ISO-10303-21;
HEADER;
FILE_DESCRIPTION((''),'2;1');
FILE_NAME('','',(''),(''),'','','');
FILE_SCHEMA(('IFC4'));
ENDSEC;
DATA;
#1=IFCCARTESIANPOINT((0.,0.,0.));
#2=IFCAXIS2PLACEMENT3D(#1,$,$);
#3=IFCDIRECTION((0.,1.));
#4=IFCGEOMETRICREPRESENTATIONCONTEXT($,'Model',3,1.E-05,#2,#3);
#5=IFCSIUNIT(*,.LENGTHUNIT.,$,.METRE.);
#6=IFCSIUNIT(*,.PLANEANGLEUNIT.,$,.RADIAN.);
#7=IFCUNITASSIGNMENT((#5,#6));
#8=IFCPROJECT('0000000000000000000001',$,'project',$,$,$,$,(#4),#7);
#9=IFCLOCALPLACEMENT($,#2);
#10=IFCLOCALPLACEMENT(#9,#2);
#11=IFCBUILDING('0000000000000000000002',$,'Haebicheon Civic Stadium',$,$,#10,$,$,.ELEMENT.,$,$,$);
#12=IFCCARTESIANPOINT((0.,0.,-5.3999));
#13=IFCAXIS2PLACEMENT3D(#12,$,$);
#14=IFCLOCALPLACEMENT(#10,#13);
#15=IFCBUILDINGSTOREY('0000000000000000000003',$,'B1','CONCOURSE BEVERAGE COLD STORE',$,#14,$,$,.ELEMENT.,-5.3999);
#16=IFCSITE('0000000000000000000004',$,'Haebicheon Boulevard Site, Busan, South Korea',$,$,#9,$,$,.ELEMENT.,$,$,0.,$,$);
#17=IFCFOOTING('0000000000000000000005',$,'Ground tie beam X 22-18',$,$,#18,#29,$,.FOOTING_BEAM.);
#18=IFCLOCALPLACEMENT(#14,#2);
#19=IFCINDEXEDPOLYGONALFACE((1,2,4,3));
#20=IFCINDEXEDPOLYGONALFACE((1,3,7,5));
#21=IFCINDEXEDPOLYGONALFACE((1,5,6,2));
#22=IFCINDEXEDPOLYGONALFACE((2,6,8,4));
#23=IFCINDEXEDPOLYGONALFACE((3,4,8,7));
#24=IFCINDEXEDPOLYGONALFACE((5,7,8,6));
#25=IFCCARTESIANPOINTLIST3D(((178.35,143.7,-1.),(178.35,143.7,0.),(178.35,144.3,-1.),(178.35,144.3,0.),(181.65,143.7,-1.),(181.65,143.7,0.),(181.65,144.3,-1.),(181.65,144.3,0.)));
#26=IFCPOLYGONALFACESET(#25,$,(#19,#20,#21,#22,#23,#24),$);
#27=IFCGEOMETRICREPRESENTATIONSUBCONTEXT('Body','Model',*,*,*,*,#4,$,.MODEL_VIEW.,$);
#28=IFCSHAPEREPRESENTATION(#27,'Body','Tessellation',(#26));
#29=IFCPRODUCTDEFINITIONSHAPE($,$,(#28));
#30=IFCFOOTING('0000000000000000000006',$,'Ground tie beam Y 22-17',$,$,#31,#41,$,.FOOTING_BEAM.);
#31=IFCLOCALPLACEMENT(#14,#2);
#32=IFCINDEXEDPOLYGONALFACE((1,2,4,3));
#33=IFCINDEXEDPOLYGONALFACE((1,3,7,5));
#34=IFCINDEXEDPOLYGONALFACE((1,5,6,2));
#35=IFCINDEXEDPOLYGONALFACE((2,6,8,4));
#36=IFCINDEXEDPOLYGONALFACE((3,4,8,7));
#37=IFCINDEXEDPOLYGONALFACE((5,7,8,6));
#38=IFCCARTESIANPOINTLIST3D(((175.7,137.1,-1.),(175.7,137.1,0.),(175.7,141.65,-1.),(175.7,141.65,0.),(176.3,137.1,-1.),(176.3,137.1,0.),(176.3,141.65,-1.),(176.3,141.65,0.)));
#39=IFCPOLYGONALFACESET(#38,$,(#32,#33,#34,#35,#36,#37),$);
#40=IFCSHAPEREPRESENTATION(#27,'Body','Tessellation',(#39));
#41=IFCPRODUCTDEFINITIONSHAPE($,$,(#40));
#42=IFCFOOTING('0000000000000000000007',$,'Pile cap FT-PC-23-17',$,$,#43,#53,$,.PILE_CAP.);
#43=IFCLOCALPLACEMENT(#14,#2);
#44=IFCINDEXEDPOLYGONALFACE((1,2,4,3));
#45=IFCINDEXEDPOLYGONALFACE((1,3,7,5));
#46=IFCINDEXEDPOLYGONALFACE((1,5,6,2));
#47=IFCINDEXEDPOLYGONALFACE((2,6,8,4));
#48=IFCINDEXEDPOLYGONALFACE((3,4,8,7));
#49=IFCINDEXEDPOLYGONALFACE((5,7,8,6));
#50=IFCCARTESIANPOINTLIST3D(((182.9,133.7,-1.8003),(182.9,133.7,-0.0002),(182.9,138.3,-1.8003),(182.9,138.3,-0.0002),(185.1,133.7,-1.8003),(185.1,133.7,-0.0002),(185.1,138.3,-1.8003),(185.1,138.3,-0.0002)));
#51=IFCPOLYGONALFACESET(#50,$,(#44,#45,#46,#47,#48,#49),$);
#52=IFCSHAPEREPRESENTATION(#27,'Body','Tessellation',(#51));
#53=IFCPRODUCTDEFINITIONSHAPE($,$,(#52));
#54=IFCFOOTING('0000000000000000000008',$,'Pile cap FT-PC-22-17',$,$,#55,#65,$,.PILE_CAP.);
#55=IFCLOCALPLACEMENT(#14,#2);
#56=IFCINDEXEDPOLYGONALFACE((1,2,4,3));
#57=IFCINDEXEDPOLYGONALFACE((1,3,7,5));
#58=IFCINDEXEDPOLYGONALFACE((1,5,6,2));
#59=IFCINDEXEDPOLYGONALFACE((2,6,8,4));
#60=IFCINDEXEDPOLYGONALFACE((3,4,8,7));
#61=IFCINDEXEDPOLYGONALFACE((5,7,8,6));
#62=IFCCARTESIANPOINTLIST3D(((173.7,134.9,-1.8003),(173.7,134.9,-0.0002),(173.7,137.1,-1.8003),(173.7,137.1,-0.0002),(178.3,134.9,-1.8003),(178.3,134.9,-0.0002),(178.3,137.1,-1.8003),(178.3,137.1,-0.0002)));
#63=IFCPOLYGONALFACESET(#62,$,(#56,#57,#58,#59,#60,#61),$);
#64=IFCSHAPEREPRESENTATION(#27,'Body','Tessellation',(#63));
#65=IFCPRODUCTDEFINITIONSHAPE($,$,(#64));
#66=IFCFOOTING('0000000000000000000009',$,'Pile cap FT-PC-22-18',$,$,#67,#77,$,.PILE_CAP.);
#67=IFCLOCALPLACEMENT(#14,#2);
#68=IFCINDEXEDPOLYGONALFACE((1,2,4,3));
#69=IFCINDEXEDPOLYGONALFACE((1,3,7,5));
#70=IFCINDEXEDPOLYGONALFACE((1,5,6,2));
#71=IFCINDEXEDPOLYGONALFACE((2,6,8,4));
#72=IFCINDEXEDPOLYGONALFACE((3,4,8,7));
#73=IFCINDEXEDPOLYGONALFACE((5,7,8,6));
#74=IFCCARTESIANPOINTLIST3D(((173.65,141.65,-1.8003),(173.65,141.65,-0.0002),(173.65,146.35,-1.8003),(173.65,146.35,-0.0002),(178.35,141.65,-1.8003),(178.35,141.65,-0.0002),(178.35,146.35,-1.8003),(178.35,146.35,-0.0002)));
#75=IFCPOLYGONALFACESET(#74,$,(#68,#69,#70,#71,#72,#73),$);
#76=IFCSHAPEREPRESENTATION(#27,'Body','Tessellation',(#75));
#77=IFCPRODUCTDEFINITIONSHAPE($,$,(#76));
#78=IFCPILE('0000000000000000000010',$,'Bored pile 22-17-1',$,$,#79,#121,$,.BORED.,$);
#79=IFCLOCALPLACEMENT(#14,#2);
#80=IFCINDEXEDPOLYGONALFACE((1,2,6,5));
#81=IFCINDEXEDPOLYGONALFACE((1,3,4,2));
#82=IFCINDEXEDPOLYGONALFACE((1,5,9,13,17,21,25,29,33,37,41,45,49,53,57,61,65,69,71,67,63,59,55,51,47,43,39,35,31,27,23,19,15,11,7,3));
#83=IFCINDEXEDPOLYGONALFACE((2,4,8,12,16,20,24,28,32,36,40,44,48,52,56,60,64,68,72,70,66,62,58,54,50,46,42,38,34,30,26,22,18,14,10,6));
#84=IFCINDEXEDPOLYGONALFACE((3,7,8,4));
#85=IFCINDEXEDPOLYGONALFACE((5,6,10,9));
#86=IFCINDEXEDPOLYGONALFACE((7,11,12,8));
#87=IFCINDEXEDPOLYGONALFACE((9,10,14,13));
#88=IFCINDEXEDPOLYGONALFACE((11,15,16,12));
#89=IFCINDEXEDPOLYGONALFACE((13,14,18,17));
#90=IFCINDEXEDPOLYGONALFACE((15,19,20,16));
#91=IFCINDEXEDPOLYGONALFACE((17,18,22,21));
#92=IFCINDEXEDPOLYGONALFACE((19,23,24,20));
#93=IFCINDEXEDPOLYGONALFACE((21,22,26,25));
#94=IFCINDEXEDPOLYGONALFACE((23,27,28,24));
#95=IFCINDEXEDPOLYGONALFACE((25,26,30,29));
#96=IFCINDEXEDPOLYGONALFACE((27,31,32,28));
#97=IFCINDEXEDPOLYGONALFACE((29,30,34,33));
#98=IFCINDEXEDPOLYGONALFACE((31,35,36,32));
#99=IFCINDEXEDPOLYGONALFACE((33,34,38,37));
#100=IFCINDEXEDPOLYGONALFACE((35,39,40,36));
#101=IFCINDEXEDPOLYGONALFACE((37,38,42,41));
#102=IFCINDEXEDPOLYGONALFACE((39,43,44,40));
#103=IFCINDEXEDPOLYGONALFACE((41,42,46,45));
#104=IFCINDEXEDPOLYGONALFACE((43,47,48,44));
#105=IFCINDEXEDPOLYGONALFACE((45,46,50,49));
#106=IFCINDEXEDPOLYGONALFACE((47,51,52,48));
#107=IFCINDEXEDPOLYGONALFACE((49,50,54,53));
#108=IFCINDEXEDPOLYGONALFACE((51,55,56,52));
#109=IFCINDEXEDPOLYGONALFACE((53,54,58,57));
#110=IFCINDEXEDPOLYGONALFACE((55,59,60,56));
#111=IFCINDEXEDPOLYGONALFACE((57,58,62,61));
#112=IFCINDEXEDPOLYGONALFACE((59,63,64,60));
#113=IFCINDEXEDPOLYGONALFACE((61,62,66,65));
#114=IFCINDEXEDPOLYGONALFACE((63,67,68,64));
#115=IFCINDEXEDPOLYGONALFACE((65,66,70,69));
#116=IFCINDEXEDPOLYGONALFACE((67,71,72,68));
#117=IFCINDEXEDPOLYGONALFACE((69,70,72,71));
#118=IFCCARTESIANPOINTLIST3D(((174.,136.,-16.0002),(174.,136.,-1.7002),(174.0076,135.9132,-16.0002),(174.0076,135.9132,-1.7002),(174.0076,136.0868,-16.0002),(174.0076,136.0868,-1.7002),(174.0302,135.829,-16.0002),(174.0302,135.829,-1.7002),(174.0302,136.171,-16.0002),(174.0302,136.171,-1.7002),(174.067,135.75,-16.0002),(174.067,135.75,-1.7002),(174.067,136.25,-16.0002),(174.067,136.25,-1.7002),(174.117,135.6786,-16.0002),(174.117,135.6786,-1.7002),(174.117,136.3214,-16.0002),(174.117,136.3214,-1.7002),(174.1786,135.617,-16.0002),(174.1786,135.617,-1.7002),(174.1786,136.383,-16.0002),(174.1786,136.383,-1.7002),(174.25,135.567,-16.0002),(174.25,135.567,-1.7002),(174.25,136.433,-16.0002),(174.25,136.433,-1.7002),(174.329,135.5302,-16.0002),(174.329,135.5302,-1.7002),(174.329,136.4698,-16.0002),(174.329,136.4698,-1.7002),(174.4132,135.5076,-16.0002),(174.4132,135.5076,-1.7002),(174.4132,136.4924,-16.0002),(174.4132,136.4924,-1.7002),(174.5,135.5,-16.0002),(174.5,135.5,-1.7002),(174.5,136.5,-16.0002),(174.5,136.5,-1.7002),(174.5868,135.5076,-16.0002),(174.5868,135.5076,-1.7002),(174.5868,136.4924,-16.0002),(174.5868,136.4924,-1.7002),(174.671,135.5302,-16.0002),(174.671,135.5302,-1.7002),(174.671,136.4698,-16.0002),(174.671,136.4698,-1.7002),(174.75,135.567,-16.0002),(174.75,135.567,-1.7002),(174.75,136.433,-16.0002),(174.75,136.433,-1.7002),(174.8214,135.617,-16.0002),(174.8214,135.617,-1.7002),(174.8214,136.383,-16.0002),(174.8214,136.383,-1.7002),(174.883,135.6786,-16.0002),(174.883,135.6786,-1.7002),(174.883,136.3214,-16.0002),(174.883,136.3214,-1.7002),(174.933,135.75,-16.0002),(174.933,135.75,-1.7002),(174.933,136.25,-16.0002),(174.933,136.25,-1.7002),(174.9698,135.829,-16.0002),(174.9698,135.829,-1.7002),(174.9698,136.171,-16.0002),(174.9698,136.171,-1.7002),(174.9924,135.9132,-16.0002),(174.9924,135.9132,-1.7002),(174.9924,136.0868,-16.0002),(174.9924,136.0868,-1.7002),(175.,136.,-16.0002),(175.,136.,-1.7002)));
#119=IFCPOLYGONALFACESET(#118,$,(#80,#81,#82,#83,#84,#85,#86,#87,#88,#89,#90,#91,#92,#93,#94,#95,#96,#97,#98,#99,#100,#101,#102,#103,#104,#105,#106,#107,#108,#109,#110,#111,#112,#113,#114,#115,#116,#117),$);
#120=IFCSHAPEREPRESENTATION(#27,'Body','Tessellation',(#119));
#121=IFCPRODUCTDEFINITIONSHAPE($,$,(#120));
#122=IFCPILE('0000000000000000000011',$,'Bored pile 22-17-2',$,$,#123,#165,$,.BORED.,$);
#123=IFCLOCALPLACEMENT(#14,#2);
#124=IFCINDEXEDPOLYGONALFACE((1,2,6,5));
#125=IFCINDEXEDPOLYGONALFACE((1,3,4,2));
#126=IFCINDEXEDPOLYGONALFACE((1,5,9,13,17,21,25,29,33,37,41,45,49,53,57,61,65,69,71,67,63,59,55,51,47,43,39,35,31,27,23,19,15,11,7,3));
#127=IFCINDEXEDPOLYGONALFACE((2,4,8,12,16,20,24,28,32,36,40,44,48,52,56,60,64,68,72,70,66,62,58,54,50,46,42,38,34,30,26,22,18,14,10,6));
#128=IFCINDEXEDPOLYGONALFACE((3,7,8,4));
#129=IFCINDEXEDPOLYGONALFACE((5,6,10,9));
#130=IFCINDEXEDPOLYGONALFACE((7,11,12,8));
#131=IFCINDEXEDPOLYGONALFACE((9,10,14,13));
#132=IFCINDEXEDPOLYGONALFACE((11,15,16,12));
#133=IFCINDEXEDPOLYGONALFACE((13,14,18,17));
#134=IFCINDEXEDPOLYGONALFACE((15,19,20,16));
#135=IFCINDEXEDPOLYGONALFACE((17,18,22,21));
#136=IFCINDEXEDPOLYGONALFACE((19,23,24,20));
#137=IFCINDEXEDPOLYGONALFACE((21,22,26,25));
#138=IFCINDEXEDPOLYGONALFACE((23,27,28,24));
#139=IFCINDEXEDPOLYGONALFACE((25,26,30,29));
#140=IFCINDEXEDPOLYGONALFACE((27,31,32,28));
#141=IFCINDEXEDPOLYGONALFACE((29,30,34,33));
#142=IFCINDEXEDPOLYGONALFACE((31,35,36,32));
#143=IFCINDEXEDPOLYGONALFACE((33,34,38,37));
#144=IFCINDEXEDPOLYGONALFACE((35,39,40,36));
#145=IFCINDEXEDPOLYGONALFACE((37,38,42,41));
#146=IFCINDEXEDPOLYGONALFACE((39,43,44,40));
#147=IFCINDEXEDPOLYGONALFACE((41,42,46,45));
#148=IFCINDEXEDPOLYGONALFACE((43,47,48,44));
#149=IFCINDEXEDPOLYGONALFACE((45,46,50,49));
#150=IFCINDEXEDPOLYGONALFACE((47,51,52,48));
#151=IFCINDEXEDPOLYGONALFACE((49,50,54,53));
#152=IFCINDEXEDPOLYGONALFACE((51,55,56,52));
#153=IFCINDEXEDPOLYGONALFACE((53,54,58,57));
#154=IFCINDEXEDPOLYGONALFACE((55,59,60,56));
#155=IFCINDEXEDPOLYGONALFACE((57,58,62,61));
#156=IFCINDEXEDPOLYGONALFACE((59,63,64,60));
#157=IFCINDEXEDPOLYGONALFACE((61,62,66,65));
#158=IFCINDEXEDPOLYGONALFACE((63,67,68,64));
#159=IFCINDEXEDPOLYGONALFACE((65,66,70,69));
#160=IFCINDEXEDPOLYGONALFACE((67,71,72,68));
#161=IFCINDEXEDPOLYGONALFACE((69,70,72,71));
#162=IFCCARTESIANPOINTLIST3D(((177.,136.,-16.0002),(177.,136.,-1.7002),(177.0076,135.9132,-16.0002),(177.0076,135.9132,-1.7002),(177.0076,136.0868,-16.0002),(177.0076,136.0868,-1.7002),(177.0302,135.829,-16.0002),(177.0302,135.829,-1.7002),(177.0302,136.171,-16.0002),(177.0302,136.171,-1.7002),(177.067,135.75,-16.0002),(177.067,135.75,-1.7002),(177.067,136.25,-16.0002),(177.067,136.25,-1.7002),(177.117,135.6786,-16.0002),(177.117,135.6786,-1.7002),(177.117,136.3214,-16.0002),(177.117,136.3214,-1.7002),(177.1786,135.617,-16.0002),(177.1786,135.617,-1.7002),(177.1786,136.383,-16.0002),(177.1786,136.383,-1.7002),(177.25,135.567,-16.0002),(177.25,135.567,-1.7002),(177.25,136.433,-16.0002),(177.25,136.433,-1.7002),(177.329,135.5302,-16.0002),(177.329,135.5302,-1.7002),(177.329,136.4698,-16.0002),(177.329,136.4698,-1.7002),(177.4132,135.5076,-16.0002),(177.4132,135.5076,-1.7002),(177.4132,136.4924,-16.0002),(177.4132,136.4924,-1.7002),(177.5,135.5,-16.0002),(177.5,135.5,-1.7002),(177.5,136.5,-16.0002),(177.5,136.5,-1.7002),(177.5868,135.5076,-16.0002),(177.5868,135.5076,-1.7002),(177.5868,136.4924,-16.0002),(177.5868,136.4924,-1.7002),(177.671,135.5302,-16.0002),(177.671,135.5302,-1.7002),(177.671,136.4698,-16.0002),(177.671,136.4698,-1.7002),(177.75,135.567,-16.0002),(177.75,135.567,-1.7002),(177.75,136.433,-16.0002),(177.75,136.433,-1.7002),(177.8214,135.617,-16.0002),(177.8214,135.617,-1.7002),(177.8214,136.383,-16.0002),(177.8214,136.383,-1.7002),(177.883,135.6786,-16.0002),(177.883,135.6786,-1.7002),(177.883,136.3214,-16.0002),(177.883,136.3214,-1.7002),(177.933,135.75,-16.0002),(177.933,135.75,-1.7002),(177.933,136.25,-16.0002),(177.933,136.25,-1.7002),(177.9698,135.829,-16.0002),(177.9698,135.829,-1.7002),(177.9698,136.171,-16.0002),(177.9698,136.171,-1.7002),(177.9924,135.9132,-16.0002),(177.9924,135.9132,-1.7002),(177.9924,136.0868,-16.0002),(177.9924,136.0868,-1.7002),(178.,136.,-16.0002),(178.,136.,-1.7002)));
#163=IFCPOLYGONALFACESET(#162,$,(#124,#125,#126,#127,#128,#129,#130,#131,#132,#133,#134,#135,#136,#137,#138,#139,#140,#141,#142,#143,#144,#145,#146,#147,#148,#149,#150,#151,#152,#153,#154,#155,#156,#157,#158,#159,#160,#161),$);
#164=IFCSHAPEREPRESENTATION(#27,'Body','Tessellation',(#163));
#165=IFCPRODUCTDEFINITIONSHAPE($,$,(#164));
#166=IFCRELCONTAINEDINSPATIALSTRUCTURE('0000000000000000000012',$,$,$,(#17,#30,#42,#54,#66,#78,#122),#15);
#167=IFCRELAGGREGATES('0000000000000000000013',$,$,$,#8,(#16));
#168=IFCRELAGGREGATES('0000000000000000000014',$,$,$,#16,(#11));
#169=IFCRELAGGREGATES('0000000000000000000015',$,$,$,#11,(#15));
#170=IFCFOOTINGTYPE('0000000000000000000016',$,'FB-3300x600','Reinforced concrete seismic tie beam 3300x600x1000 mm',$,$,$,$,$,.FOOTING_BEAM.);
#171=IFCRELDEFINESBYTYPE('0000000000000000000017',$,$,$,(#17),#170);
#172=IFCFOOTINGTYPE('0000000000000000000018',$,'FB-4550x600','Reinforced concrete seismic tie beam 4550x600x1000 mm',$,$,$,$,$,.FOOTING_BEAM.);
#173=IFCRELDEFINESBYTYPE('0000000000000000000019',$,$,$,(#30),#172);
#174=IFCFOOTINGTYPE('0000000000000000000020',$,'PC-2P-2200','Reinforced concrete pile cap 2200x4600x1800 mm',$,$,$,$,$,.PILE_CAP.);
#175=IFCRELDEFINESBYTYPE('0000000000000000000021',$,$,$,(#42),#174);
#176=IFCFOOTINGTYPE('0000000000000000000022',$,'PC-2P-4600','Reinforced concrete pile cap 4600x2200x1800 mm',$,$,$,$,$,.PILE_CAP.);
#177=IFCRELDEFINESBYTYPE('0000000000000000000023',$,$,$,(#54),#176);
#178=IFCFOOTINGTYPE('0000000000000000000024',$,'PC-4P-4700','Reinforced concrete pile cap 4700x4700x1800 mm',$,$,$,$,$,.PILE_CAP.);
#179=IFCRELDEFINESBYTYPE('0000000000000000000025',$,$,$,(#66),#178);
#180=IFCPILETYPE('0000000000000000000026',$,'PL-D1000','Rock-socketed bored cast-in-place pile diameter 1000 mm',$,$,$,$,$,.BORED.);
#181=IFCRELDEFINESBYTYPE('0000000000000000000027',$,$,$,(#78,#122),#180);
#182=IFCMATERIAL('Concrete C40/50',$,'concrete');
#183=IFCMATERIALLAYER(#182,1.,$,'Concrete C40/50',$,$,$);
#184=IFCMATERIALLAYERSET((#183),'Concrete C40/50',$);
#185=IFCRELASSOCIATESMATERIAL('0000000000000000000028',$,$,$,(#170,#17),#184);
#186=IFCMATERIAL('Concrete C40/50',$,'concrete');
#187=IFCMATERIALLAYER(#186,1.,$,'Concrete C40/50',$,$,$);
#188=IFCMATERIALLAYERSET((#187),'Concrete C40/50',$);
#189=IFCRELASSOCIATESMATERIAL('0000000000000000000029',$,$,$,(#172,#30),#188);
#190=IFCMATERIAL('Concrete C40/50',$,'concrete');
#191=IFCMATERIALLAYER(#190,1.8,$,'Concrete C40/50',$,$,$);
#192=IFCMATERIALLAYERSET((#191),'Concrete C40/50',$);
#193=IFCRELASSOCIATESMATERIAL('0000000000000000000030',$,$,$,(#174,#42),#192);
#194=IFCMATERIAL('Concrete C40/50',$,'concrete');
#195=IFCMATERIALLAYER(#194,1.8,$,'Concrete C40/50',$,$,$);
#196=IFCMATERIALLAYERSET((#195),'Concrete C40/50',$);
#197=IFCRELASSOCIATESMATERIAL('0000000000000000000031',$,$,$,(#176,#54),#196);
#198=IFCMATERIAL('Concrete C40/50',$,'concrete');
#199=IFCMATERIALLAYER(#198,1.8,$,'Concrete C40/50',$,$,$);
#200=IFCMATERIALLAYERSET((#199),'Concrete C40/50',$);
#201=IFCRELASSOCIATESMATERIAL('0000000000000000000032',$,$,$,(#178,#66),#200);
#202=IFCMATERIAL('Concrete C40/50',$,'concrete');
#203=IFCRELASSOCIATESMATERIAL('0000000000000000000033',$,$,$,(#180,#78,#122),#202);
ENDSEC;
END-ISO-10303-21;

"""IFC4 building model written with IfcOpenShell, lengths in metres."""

from ifc_helpers import new_model, si_unit, direction, frame, origin, origin_2d, place, context, subcontext, project, spatial, rectangle, circle, extrude, material, layer, layer_set, material_profile, profile_set, type_object, element, save


model = new_model("IFC4")

# Units and contexts
model_context = context("Model", 3, precision=1e-05, world=origin(), true_north=direction((0.0, 1.0)))
body_context = subcontext(model_context, "Body", "Model", "MODEL_VIEW")
ifc_project = project(units=[si_unit("LENGTHUNIT", "METRE"), si_unit("PLANEANGLEUNIT", "RADIAN")], contexts=[model_context])

# Site, building, storey
site_placement = place(None, origin())
site = spatial("IfcSite", under=ifc_project, at=site_placement, Name="Haebicheon Boulevard Site, Busan, South Korea", CompositionType="ELEMENT", RefElevation=0.0)
building_placement = place(site_placement, origin())
building = spatial("IfcBuilding", under=site, at=building_placement, Name="Haebicheon Civic Stadium", CompositionType="ELEMENT")
storey_placement = place(building_placement, frame((0.0, 0.0, -5.3999)))
storey = spatial("IfcBuildingStorey", under=building, at=storey_placement, Name="B1", Description="CONCOURSE BEVERAGE COLD STORE", CompositionType="ELEMENT", Elevation=-5.3999)

# Footings
ifc_material_1 = material(Name="Concrete C40/50", Category="concrete")
ifc_layer_1 = layer(ifc_material_1, 1.0, Name="Concrete C40/50")
ifc_layer_set_1 = layer_set([ifc_layer_1], Name="Concrete C40/50")
footing_type_1 = type_object("IfcFootingType", Name="FB-3300x600", Description="Reinforced concrete seismic tie beam 3300x600x1000 mm", PredefinedType="FOOTING_BEAM", material=ifc_layer_set_1)
footing_1_placement = place(storey_placement, frame((180.0, 144.0, -1.0), z_axis=(0.0, 0.0, 1.0), x_axis=(1.0, 0.0, 0.0)))
element("IfcFooting", 1, at=footing_1_placement, inside=storey, type_object=footing_type_1, material=ifc_layer_set_1, Name="Ground tie beam X 22-18", PredefinedType="FOOTING_BEAM", context=body_context, shape_type="SweptSolid", body=[
    extrude(rectangle(XDim=3.3, YDim=0.6001, at=origin_2d()), origin(), (0.0, 0.0, 1.0), 1.0),
])
ifc_material_2 = material(Name="Concrete C40/50", Category="concrete")
ifc_layer_2 = layer(ifc_material_2, 1.0, Name="Concrete C40/50")
ifc_layer_set_2 = layer_set([ifc_layer_2], Name="Concrete C40/50")
footing_type_2 = type_object("IfcFootingType", Name="FB-4550x600", Description="Reinforced concrete seismic tie beam 4550x600x1000 mm", PredefinedType="FOOTING_BEAM", material=ifc_layer_set_2)
footing_2_placement = place(storey_placement, frame((176.0, 139.375, -1.0), z_axis=(0.0, 0.0, 1.0), x_axis=(0.0, 1.0, 0.0)))
element("IfcFooting", 2, at=footing_2_placement, inside=storey, type_object=footing_type_2, material=ifc_layer_set_2, Name="Ground tie beam Y 22-17", PredefinedType="FOOTING_BEAM", context=body_context, shape_type="SweptSolid", body=[
    extrude(rectangle(XDim=4.55, YDim=0.6001, at=origin_2d()), origin(), (0.0, 0.0, 1.0), 1.0),
])
ifc_material_3 = material(Name="Concrete C40/50", Category="concrete")
ifc_layer_3 = layer(ifc_material_3, 1.8, Name="Concrete C40/50")
ifc_layer_set_3 = layer_set([ifc_layer_3], Name="Concrete C40/50")
footing_type_3 = type_object("IfcFootingType", Name="PC-2P-2200", Description="Reinforced concrete pile cap 2200x4600x1800 mm", PredefinedType="PILE_CAP", material=ifc_layer_set_3)
footing_3_placement = place(storey_placement, frame((184.0, 136.0, -1.8003), z_axis=(0.0, 0.0, 1.0), x_axis=(1.0, 0.0, 0.0)))
element("IfcFooting", 3, at=footing_3_placement, inside=storey, type_object=footing_type_3, material=ifc_layer_set_3, Name="Pile cap FT-PC-23-17", PredefinedType="PILE_CAP", context=body_context, shape_type="SweptSolid", body=[
    extrude(rectangle(XDim=2.2, YDim=4.6001, at=origin_2d()), origin(), (0.0, 0.0, 1.0), 1.8),
])
ifc_material_4 = material(Name="Concrete C40/50", Category="concrete")
ifc_layer_4 = layer(ifc_material_4, 1.8, Name="Concrete C40/50")
ifc_layer_set_4 = layer_set([ifc_layer_4], Name="Concrete C40/50")
footing_type_4 = type_object("IfcFootingType", Name="PC-2P-4600", Description="Reinforced concrete pile cap 4600x2200x1800 mm", PredefinedType="PILE_CAP", material=ifc_layer_set_4)
footing_4_placement = place(storey_placement, frame((176.0, 136.0, -1.8003), z_axis=(0.0, 0.0, 1.0), x_axis=(1.0, 0.0, 0.0)))
element("IfcFooting", 4, at=footing_4_placement, inside=storey, type_object=footing_type_4, material=ifc_layer_set_4, Name="Pile cap FT-PC-22-17", PredefinedType="PILE_CAP", context=body_context, shape_type="SweptSolid", body=[
    extrude(rectangle(XDim=4.6001, YDim=2.2, at=origin_2d()), origin(), (0.0, 0.0, 1.0), 1.8),
])
ifc_material_5 = material(Name="Concrete C40/50", Category="concrete")
ifc_layer_5 = layer(ifc_material_5, 1.8, Name="Concrete C40/50")
ifc_layer_set_5 = layer_set([ifc_layer_5], Name="Concrete C40/50")
footing_type_5 = type_object("IfcFootingType", Name="PC-4P-4700", Description="Reinforced concrete pile cap 4700x4700x1800 mm", PredefinedType="PILE_CAP", material=ifc_layer_set_5)
footing_5_placement = place(storey_placement, frame((176.0, 144.0, -1.8003), z_axis=(0.0, 0.0, 1.0), x_axis=(1.0, 0.0, 0.0)))
element("IfcFooting", 5, at=footing_5_placement, inside=storey, type_object=footing_type_5, material=ifc_layer_set_5, Name="Pile cap FT-PC-22-18", PredefinedType="PILE_CAP", context=body_context, shape_type="SweptSolid", body=[
    extrude(rectangle(XDim=4.7, YDim=4.7, at=origin_2d()), origin(), (0.0, 0.0, 1.0), 1.8),
])

# Piles
ifc_material_6 = material(Name="Concrete C40/50", Category="concrete")
ifc_material_profile_1 = material_profile(ifc_material_6, circle(Radius=0.5, at=origin_2d()), Name="PILE-D1000")
ifc_profile_set_1 = profile_set([ifc_material_profile_1], Name="Concrete C40/50")
pile_type = type_object("IfcPileType", Name="PL-D1000", Description="Rock-socketed bored cast-in-place pile diameter 1000 mm", PredefinedType="BORED", material=ifc_profile_set_1)
for number, where, z_axis, x_axis, name in (
    (6, (174.5, 136.0, -1.7002), (0.0, 0.0, -1.0), (1.0, 0.0, 0.0), "Bored pile 22-17-1"),
    (7, (177.5, 136.0, -1.7002), (0.0, 0.0, -1.0), (1.0, 0.0, 0.0), "Bored pile 22-17-2"),
):
    element("IfcPile", number, at=place(storey_placement, frame(where, z_axis=z_axis, x_axis=x_axis)), inside=storey, type_object=pile_type, material=ifc_profile_set_1, Name=name, PredefinedType="BORED", context=body_context, shape_type="SweptSolid", body=[
        extrude(circle(Radius=0.5, at=origin_2d()), origin(), (0.0, 0.0, 1.0), 14.3),
    ])

save(model, "model.ifc")
